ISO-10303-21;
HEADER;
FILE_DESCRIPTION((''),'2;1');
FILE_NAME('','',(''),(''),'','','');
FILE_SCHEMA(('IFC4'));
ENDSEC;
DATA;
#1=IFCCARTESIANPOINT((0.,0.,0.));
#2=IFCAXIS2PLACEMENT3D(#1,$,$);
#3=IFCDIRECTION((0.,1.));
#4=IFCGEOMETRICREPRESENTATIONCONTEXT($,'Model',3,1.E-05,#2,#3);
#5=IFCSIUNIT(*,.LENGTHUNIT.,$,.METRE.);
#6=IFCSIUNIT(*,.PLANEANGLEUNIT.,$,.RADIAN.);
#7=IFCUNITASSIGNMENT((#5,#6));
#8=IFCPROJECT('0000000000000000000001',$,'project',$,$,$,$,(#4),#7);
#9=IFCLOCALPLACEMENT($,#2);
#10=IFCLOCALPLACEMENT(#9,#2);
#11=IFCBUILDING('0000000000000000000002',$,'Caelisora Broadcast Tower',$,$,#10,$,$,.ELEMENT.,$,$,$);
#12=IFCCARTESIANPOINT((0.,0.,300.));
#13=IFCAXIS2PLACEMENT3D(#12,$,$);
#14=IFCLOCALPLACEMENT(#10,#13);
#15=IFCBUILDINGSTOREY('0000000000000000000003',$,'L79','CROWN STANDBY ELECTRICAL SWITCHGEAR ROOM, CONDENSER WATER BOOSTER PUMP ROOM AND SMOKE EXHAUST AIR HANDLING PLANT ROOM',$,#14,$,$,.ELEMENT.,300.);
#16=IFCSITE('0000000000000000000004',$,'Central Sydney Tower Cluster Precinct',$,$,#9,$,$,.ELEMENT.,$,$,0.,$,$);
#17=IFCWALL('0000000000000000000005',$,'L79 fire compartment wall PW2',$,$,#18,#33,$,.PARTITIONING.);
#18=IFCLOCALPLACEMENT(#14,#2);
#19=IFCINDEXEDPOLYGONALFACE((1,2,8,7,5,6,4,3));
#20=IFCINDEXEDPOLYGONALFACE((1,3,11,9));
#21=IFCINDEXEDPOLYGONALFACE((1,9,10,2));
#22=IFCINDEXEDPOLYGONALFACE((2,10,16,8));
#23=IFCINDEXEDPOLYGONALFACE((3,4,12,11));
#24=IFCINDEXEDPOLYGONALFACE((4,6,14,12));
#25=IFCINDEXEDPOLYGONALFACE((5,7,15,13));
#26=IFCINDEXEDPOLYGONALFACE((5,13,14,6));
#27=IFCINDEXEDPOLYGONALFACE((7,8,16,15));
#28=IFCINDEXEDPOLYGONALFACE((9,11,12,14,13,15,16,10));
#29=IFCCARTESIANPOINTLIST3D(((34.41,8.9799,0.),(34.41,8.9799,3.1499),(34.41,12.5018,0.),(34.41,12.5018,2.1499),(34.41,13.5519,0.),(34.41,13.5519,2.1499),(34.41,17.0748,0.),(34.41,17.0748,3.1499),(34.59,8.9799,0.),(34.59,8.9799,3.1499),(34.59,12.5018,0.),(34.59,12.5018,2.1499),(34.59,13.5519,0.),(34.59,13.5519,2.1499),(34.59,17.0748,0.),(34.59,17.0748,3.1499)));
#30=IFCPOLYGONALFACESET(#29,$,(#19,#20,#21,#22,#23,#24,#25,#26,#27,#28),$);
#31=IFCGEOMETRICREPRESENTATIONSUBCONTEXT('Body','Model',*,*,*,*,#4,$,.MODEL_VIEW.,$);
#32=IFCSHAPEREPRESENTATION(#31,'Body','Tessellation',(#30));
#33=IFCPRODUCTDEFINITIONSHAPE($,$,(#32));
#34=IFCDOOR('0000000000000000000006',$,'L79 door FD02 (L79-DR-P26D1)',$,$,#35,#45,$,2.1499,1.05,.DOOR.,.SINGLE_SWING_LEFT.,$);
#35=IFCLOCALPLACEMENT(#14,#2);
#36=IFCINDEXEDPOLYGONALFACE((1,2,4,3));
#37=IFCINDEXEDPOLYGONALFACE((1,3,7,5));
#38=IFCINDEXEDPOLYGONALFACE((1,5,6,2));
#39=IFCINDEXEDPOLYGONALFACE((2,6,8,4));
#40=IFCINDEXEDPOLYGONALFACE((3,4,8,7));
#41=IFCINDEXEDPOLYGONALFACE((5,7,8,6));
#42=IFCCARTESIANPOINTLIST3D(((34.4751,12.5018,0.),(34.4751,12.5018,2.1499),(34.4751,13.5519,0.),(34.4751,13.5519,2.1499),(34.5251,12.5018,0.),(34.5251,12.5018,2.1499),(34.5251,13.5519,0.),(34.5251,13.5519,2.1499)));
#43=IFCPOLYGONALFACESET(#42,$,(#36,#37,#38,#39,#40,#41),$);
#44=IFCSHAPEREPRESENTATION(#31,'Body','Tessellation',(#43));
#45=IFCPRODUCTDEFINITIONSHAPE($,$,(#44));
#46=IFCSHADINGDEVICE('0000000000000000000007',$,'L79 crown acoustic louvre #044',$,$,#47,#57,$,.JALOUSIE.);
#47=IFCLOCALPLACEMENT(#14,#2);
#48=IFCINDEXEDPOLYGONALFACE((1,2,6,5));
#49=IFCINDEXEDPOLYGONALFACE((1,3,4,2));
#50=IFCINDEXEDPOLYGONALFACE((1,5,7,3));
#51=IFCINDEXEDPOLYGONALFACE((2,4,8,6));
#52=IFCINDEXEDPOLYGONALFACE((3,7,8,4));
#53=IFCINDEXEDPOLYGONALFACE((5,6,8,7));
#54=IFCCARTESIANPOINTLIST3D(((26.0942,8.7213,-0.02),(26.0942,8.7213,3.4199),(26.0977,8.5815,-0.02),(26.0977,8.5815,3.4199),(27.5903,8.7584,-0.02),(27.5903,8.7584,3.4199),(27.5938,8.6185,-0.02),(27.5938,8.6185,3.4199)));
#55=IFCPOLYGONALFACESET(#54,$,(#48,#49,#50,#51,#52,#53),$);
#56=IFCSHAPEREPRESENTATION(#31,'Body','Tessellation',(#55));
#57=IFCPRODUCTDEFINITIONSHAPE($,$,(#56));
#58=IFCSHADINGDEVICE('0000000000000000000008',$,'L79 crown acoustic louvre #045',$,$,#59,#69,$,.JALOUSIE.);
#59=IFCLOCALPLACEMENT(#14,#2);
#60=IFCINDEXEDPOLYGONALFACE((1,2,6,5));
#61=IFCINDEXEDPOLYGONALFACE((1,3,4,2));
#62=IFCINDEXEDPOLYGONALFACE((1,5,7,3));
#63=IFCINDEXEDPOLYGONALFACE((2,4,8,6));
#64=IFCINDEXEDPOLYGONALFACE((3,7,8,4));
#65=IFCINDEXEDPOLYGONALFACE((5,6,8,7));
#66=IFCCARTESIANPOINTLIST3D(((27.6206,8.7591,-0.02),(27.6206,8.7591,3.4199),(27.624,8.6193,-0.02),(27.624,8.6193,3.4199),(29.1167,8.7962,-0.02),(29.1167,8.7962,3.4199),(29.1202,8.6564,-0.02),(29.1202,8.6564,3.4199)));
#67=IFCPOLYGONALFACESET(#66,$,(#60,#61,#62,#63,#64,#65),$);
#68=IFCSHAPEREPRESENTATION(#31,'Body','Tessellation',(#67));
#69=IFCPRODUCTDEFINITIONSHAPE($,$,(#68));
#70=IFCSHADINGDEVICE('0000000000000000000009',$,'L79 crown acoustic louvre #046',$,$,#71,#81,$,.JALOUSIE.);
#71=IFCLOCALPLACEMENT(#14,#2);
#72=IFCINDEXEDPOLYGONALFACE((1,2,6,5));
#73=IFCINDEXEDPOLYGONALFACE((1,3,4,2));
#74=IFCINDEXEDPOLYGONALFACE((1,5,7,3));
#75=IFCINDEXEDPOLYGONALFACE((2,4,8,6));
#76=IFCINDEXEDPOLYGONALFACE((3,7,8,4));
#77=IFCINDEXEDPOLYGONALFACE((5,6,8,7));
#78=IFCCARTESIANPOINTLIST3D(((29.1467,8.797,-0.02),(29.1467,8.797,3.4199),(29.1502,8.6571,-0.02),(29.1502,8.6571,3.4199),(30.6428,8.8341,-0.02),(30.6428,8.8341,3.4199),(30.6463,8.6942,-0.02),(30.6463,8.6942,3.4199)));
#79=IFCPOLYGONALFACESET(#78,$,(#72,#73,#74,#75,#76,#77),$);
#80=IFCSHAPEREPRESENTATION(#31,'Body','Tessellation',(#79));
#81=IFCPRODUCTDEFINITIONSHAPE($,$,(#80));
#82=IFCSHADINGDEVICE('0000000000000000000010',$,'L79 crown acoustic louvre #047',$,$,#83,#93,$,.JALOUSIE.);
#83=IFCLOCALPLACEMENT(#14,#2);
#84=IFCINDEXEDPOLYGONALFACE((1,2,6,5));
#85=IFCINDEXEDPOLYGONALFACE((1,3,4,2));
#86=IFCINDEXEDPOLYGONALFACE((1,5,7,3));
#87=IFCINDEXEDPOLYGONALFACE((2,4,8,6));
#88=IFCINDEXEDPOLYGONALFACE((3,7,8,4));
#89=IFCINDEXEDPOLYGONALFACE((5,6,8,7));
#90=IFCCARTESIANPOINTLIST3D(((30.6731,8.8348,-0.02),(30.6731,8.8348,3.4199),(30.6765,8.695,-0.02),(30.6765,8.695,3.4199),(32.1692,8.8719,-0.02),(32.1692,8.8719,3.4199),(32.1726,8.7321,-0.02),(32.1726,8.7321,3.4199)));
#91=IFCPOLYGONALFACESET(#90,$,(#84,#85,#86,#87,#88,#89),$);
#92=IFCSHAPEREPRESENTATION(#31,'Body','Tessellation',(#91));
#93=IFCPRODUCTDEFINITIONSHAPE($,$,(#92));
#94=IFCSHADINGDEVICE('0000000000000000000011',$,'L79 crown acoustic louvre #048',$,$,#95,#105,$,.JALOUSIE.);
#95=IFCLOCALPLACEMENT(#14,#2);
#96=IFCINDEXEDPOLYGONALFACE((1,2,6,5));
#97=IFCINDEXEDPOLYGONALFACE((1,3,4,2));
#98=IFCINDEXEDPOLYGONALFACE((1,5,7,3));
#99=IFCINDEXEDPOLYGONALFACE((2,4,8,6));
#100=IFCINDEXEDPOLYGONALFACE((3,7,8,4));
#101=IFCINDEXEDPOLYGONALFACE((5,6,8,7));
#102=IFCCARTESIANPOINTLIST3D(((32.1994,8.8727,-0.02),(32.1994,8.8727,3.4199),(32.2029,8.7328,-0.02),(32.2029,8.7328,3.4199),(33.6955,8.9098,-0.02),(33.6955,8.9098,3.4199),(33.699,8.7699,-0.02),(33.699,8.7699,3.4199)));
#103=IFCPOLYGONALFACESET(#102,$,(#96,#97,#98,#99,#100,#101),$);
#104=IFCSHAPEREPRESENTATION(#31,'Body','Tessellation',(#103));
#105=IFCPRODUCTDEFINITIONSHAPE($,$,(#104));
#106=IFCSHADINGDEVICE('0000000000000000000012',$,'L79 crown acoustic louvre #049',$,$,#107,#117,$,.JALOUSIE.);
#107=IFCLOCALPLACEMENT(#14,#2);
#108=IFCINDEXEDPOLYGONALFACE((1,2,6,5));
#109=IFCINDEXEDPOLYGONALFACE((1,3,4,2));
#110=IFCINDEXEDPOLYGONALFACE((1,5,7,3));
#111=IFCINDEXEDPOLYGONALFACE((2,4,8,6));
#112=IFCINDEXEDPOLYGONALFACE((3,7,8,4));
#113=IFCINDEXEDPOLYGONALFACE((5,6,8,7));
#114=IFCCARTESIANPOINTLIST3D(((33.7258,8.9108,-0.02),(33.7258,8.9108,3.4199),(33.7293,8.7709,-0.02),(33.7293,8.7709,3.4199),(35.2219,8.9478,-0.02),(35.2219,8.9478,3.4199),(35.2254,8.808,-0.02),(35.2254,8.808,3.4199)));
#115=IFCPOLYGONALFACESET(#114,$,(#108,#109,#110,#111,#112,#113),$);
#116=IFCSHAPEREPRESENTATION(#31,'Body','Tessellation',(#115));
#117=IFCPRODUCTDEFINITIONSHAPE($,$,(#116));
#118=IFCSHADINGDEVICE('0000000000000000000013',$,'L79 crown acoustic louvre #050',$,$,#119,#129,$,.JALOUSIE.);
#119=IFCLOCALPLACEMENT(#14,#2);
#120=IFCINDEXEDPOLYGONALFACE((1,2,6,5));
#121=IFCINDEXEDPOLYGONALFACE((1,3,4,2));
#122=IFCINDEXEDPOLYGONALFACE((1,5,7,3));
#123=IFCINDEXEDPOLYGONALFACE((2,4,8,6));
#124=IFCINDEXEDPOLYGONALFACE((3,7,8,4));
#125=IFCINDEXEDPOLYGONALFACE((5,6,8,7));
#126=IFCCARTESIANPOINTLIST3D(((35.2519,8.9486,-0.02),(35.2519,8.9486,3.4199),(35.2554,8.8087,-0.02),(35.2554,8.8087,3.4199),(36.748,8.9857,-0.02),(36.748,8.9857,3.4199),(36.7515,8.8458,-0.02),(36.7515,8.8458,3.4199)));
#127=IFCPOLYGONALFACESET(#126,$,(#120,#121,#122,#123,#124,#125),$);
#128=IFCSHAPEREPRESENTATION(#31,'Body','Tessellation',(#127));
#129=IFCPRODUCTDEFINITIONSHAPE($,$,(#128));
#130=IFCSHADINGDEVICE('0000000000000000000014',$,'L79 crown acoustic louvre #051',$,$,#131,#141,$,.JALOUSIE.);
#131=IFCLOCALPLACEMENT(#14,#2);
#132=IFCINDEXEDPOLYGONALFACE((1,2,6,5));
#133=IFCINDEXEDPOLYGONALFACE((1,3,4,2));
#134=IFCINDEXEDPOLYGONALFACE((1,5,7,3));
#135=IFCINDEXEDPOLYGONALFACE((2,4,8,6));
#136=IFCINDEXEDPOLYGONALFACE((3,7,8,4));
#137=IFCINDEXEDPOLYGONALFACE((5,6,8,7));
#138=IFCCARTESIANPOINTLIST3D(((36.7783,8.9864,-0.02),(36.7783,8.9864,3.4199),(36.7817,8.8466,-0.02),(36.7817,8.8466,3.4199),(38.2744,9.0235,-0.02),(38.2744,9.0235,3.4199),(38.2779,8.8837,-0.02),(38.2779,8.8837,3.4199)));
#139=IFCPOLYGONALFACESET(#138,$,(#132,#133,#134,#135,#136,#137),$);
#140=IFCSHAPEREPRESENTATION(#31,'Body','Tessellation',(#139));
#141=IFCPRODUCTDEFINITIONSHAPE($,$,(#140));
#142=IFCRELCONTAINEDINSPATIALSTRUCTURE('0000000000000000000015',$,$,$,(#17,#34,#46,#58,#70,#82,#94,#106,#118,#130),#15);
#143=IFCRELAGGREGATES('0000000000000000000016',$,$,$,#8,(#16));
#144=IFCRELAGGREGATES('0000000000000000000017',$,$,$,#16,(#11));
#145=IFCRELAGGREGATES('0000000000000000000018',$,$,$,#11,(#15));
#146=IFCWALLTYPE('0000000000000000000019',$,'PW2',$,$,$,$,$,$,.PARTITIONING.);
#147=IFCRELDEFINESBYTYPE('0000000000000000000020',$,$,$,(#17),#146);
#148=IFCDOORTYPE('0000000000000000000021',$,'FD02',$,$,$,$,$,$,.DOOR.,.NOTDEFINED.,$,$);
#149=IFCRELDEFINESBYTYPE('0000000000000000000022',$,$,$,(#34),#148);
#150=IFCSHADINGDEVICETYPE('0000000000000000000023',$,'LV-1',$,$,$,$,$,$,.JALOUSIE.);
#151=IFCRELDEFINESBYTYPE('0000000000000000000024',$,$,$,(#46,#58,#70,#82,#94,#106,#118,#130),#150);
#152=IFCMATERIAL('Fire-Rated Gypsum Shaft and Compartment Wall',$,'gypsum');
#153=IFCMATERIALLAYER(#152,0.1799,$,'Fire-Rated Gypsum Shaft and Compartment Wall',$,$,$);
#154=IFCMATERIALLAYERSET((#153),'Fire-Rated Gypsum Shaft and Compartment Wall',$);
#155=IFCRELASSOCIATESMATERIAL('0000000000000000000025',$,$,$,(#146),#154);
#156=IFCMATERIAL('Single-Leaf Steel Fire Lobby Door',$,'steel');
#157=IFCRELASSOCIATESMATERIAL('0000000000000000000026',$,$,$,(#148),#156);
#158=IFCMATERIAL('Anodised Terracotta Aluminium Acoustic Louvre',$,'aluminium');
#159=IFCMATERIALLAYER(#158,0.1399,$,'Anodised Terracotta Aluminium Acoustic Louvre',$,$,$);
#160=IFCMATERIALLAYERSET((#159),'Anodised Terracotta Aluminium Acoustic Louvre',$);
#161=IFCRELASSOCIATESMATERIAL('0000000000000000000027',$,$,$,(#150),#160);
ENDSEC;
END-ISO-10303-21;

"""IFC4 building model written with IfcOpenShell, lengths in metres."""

from ifc_helpers import new_model, si_unit, direction, frame, frame_2d, origin, origin_2d, place, context, subcontext, project, spatial, rectangle, extrude, source, transform, mapped, material, layer, layer_set, type_object, type_shapes, element, fill, save


model = new_model("IFC4")

# Units and contexts
model_context = context("Model", 3, precision=1e-05, world=origin(), true_north=direction((0.0, 1.0)))
body_context = subcontext(model_context, "Body", "Model", "MODEL_VIEW")
ifc_project = project(units=[si_unit("LENGTHUNIT", "METRE"), si_unit("PLANEANGLEUNIT", "RADIAN")], contexts=[model_context])

# Site, building, storey
site_placement = place(None, origin())
site = spatial("IfcSite", under=ifc_project, at=site_placement, Name="Central Sydney Tower Cluster Precinct", CompositionType="ELEMENT", RefElevation=0.0)
building_placement = place(site_placement, origin())
building = spatial("IfcBuilding", under=site, at=building_placement, Name="Caelisora Broadcast Tower", CompositionType="ELEMENT")
storey_placement = place(building_placement, frame((0.0, 0.0, 300.0)))
storey = spatial("IfcBuildingStorey", under=building, at=storey_placement, Name="L79", Description="CROWN STANDBY ELECTRICAL SWITCHGEAR ROOM, CONDENSER WATER BOOSTER PUMP ROOM AND SMOKE EXHAUST AIR HANDLING PLANT ROOM", CompositionType="ELEMENT", Elevation=300.0)

# Wall, opening, door
ifc_material_1 = material(Name="Fire-Rated Gypsum Shaft and Compartment Wall", Category="gypsum")
ifc_layer_1 = layer(ifc_material_1, 0.1799, Name="Fire-Rated Gypsum Shaft and Compartment Wall")
ifc_layer_set_1 = layer_set([ifc_layer_1], Name="Fire-Rated Gypsum Shaft and Compartment Wall")
wall_type = type_object("IfcWallType", Name="PW2", PredefinedType="PARTITIONING", material=ifc_layer_set_1)
wall_placement = place(storey_placement, frame((34.5, 8.98, 0.0), z_axis=(0.0, 0.0, 1.0), x_axis=(0.0, 1.0, 0.0)))
wall = element("IfcWall", 1, at=wall_placement, inside=storey, type_object=wall_type, Name="L79 fire compartment wall PW2", PredefinedType="PARTITIONING", context=body_context, shape_type="SweptSolid", body=[
    extrude(rectangle(XDim=8.095, YDim=0.1799, at=frame_2d((4.0474, 0.0))), origin(), (0.0, 0.0, 1.0), 3.1499),
])
opening_placement = place(wall_placement, frame((3.522, 0.0, 0.0)))
opening = element("IfcOpeningElement", 2, at=opening_placement, cuts=wall, PredefinedType="OPENING", context=body_context, shape_type="SweptSolid", body=[
    extrude(rectangle(XDim=1.05, YDim=2.1499, at=frame_2d((0.5249, 1.075))), frame((0.0, 0.1021, 0.0), z_axis=(0.0, -1.0, 0.0), x_axis=(1.0, 0.0, 0.0)), (0.0, 0.0, 1.0), 0.2039),
])
ifc_material_2 = material(Name="Single-Leaf Steel Fire Lobby Door", Category="steel")
door_type = type_object("IfcDoorType", Name="FD02", OperationType="NOTDEFINED", PredefinedType="DOOR", material=ifc_material_2)
door_placement = place(opening_placement, origin())
door = element("IfcDoor", 3, at=door_placement, inside=storey, type_object=door_type, Name="L79 door FD02 (L79-DR-P26D1)", OperationType="SINGLE_SWING_LEFT", OverallHeight=2.1499, OverallWidth=1.05, PredefinedType="DOOR", context=body_context, shape_type="SweptSolid", body=[
    extrude(rectangle(XDim=1.05, YDim=2.1499, at=frame_2d((0.5249, 1.075))), frame((0.0, 0.0249, 0.0), z_axis=(0.0, -1.0, 0.0), x_axis=(1.0, 0.0, 0.0)), (0.0, 0.0, 1.0), 0.05),
])
fill(opening, door)

# Shading devices
ifc_material_3 = material(Name="Anodised Terracotta Aluminium Acoustic Louvre", Category="aluminium")
ifc_layer_2 = layer(ifc_material_3, 0.1399, Name="Anodised Terracotta Aluminium Acoustic Louvre")
ifc_layer_set_2 = layer_set([ifc_layer_2], Name="Anodised Terracotta Aluminium Acoustic Louvre")
shading_device_type = type_object("IfcShadingDeviceType", Name="LV-1", PredefinedType="JALOUSIE", material=ifc_layer_set_2)
shared_shape_1 = source(origin(), body_context, "Body", "SweptSolid", [
    extrude(rectangle(XDim=1.4966, YDim=0.1399, at=origin_2d()), origin(), (0.0, 0.0, 1.0), 3.4399),
])
type_shapes(shading_device_type, [shared_shape_1])
for number, where, z_axis, x_axis, name in (
    (4, (26.844, 8.6699, -0.02), (0.0, 0.0, 1.0), (0.999693, 0.024781, 0.0), "L79 crown acoustic louvre #044"),
    (5, (28.3704, 8.7078, -0.02), (0.0, 0.0, 1.0), (0.999693, 0.024781, 0.0), "L79 crown acoustic louvre #045"),
    (6, (29.8965, 8.7456, -0.02), (0.0, 0.0, 1.0), (0.999693, 0.024781, 0.0), "L79 crown acoustic louvre #046"),
    (7, (31.4229, 8.7834, -0.02), (0.0, 0.0, 1.0), (0.999693, 0.024781, 0.0), "L79 crown acoustic louvre #047"),
    (8, (32.9492, 8.8213, -0.02), (0.0, 0.0, 1.0), (0.999693, 0.024781, 0.0), "L79 crown acoustic louvre #048"),
    (9, (34.4756, 8.8594, -0.02), (0.0, 0.0, 1.0), (0.999693, 0.024781, 0.0), "L79 crown acoustic louvre #049"),
    (10, (36.0017, 8.8972, -0.02), (0.0, 0.0, 1.0), (0.999693, 0.024781, 0.0), "L79 crown acoustic louvre #050"),
    (11, (37.5281, 8.9351, -0.02), (0.0, 0.0, 1.0), (0.999693, 0.024781, 0.0), "L79 crown acoustic louvre #051"),
):
    element("IfcShadingDevice", number, at=place(storey_placement, frame(where, z_axis=z_axis, x_axis=x_axis)), inside=storey, type_object=shading_device_type, Name=name, PredefinedType="JALOUSIE", context=body_context, shape_type="MappedRepresentation", body=[
        mapped(shared_shape_1, transform((0.0, 0.0, 0.0), scale=1.0)),
    ])

save(model, "model.ifc")
